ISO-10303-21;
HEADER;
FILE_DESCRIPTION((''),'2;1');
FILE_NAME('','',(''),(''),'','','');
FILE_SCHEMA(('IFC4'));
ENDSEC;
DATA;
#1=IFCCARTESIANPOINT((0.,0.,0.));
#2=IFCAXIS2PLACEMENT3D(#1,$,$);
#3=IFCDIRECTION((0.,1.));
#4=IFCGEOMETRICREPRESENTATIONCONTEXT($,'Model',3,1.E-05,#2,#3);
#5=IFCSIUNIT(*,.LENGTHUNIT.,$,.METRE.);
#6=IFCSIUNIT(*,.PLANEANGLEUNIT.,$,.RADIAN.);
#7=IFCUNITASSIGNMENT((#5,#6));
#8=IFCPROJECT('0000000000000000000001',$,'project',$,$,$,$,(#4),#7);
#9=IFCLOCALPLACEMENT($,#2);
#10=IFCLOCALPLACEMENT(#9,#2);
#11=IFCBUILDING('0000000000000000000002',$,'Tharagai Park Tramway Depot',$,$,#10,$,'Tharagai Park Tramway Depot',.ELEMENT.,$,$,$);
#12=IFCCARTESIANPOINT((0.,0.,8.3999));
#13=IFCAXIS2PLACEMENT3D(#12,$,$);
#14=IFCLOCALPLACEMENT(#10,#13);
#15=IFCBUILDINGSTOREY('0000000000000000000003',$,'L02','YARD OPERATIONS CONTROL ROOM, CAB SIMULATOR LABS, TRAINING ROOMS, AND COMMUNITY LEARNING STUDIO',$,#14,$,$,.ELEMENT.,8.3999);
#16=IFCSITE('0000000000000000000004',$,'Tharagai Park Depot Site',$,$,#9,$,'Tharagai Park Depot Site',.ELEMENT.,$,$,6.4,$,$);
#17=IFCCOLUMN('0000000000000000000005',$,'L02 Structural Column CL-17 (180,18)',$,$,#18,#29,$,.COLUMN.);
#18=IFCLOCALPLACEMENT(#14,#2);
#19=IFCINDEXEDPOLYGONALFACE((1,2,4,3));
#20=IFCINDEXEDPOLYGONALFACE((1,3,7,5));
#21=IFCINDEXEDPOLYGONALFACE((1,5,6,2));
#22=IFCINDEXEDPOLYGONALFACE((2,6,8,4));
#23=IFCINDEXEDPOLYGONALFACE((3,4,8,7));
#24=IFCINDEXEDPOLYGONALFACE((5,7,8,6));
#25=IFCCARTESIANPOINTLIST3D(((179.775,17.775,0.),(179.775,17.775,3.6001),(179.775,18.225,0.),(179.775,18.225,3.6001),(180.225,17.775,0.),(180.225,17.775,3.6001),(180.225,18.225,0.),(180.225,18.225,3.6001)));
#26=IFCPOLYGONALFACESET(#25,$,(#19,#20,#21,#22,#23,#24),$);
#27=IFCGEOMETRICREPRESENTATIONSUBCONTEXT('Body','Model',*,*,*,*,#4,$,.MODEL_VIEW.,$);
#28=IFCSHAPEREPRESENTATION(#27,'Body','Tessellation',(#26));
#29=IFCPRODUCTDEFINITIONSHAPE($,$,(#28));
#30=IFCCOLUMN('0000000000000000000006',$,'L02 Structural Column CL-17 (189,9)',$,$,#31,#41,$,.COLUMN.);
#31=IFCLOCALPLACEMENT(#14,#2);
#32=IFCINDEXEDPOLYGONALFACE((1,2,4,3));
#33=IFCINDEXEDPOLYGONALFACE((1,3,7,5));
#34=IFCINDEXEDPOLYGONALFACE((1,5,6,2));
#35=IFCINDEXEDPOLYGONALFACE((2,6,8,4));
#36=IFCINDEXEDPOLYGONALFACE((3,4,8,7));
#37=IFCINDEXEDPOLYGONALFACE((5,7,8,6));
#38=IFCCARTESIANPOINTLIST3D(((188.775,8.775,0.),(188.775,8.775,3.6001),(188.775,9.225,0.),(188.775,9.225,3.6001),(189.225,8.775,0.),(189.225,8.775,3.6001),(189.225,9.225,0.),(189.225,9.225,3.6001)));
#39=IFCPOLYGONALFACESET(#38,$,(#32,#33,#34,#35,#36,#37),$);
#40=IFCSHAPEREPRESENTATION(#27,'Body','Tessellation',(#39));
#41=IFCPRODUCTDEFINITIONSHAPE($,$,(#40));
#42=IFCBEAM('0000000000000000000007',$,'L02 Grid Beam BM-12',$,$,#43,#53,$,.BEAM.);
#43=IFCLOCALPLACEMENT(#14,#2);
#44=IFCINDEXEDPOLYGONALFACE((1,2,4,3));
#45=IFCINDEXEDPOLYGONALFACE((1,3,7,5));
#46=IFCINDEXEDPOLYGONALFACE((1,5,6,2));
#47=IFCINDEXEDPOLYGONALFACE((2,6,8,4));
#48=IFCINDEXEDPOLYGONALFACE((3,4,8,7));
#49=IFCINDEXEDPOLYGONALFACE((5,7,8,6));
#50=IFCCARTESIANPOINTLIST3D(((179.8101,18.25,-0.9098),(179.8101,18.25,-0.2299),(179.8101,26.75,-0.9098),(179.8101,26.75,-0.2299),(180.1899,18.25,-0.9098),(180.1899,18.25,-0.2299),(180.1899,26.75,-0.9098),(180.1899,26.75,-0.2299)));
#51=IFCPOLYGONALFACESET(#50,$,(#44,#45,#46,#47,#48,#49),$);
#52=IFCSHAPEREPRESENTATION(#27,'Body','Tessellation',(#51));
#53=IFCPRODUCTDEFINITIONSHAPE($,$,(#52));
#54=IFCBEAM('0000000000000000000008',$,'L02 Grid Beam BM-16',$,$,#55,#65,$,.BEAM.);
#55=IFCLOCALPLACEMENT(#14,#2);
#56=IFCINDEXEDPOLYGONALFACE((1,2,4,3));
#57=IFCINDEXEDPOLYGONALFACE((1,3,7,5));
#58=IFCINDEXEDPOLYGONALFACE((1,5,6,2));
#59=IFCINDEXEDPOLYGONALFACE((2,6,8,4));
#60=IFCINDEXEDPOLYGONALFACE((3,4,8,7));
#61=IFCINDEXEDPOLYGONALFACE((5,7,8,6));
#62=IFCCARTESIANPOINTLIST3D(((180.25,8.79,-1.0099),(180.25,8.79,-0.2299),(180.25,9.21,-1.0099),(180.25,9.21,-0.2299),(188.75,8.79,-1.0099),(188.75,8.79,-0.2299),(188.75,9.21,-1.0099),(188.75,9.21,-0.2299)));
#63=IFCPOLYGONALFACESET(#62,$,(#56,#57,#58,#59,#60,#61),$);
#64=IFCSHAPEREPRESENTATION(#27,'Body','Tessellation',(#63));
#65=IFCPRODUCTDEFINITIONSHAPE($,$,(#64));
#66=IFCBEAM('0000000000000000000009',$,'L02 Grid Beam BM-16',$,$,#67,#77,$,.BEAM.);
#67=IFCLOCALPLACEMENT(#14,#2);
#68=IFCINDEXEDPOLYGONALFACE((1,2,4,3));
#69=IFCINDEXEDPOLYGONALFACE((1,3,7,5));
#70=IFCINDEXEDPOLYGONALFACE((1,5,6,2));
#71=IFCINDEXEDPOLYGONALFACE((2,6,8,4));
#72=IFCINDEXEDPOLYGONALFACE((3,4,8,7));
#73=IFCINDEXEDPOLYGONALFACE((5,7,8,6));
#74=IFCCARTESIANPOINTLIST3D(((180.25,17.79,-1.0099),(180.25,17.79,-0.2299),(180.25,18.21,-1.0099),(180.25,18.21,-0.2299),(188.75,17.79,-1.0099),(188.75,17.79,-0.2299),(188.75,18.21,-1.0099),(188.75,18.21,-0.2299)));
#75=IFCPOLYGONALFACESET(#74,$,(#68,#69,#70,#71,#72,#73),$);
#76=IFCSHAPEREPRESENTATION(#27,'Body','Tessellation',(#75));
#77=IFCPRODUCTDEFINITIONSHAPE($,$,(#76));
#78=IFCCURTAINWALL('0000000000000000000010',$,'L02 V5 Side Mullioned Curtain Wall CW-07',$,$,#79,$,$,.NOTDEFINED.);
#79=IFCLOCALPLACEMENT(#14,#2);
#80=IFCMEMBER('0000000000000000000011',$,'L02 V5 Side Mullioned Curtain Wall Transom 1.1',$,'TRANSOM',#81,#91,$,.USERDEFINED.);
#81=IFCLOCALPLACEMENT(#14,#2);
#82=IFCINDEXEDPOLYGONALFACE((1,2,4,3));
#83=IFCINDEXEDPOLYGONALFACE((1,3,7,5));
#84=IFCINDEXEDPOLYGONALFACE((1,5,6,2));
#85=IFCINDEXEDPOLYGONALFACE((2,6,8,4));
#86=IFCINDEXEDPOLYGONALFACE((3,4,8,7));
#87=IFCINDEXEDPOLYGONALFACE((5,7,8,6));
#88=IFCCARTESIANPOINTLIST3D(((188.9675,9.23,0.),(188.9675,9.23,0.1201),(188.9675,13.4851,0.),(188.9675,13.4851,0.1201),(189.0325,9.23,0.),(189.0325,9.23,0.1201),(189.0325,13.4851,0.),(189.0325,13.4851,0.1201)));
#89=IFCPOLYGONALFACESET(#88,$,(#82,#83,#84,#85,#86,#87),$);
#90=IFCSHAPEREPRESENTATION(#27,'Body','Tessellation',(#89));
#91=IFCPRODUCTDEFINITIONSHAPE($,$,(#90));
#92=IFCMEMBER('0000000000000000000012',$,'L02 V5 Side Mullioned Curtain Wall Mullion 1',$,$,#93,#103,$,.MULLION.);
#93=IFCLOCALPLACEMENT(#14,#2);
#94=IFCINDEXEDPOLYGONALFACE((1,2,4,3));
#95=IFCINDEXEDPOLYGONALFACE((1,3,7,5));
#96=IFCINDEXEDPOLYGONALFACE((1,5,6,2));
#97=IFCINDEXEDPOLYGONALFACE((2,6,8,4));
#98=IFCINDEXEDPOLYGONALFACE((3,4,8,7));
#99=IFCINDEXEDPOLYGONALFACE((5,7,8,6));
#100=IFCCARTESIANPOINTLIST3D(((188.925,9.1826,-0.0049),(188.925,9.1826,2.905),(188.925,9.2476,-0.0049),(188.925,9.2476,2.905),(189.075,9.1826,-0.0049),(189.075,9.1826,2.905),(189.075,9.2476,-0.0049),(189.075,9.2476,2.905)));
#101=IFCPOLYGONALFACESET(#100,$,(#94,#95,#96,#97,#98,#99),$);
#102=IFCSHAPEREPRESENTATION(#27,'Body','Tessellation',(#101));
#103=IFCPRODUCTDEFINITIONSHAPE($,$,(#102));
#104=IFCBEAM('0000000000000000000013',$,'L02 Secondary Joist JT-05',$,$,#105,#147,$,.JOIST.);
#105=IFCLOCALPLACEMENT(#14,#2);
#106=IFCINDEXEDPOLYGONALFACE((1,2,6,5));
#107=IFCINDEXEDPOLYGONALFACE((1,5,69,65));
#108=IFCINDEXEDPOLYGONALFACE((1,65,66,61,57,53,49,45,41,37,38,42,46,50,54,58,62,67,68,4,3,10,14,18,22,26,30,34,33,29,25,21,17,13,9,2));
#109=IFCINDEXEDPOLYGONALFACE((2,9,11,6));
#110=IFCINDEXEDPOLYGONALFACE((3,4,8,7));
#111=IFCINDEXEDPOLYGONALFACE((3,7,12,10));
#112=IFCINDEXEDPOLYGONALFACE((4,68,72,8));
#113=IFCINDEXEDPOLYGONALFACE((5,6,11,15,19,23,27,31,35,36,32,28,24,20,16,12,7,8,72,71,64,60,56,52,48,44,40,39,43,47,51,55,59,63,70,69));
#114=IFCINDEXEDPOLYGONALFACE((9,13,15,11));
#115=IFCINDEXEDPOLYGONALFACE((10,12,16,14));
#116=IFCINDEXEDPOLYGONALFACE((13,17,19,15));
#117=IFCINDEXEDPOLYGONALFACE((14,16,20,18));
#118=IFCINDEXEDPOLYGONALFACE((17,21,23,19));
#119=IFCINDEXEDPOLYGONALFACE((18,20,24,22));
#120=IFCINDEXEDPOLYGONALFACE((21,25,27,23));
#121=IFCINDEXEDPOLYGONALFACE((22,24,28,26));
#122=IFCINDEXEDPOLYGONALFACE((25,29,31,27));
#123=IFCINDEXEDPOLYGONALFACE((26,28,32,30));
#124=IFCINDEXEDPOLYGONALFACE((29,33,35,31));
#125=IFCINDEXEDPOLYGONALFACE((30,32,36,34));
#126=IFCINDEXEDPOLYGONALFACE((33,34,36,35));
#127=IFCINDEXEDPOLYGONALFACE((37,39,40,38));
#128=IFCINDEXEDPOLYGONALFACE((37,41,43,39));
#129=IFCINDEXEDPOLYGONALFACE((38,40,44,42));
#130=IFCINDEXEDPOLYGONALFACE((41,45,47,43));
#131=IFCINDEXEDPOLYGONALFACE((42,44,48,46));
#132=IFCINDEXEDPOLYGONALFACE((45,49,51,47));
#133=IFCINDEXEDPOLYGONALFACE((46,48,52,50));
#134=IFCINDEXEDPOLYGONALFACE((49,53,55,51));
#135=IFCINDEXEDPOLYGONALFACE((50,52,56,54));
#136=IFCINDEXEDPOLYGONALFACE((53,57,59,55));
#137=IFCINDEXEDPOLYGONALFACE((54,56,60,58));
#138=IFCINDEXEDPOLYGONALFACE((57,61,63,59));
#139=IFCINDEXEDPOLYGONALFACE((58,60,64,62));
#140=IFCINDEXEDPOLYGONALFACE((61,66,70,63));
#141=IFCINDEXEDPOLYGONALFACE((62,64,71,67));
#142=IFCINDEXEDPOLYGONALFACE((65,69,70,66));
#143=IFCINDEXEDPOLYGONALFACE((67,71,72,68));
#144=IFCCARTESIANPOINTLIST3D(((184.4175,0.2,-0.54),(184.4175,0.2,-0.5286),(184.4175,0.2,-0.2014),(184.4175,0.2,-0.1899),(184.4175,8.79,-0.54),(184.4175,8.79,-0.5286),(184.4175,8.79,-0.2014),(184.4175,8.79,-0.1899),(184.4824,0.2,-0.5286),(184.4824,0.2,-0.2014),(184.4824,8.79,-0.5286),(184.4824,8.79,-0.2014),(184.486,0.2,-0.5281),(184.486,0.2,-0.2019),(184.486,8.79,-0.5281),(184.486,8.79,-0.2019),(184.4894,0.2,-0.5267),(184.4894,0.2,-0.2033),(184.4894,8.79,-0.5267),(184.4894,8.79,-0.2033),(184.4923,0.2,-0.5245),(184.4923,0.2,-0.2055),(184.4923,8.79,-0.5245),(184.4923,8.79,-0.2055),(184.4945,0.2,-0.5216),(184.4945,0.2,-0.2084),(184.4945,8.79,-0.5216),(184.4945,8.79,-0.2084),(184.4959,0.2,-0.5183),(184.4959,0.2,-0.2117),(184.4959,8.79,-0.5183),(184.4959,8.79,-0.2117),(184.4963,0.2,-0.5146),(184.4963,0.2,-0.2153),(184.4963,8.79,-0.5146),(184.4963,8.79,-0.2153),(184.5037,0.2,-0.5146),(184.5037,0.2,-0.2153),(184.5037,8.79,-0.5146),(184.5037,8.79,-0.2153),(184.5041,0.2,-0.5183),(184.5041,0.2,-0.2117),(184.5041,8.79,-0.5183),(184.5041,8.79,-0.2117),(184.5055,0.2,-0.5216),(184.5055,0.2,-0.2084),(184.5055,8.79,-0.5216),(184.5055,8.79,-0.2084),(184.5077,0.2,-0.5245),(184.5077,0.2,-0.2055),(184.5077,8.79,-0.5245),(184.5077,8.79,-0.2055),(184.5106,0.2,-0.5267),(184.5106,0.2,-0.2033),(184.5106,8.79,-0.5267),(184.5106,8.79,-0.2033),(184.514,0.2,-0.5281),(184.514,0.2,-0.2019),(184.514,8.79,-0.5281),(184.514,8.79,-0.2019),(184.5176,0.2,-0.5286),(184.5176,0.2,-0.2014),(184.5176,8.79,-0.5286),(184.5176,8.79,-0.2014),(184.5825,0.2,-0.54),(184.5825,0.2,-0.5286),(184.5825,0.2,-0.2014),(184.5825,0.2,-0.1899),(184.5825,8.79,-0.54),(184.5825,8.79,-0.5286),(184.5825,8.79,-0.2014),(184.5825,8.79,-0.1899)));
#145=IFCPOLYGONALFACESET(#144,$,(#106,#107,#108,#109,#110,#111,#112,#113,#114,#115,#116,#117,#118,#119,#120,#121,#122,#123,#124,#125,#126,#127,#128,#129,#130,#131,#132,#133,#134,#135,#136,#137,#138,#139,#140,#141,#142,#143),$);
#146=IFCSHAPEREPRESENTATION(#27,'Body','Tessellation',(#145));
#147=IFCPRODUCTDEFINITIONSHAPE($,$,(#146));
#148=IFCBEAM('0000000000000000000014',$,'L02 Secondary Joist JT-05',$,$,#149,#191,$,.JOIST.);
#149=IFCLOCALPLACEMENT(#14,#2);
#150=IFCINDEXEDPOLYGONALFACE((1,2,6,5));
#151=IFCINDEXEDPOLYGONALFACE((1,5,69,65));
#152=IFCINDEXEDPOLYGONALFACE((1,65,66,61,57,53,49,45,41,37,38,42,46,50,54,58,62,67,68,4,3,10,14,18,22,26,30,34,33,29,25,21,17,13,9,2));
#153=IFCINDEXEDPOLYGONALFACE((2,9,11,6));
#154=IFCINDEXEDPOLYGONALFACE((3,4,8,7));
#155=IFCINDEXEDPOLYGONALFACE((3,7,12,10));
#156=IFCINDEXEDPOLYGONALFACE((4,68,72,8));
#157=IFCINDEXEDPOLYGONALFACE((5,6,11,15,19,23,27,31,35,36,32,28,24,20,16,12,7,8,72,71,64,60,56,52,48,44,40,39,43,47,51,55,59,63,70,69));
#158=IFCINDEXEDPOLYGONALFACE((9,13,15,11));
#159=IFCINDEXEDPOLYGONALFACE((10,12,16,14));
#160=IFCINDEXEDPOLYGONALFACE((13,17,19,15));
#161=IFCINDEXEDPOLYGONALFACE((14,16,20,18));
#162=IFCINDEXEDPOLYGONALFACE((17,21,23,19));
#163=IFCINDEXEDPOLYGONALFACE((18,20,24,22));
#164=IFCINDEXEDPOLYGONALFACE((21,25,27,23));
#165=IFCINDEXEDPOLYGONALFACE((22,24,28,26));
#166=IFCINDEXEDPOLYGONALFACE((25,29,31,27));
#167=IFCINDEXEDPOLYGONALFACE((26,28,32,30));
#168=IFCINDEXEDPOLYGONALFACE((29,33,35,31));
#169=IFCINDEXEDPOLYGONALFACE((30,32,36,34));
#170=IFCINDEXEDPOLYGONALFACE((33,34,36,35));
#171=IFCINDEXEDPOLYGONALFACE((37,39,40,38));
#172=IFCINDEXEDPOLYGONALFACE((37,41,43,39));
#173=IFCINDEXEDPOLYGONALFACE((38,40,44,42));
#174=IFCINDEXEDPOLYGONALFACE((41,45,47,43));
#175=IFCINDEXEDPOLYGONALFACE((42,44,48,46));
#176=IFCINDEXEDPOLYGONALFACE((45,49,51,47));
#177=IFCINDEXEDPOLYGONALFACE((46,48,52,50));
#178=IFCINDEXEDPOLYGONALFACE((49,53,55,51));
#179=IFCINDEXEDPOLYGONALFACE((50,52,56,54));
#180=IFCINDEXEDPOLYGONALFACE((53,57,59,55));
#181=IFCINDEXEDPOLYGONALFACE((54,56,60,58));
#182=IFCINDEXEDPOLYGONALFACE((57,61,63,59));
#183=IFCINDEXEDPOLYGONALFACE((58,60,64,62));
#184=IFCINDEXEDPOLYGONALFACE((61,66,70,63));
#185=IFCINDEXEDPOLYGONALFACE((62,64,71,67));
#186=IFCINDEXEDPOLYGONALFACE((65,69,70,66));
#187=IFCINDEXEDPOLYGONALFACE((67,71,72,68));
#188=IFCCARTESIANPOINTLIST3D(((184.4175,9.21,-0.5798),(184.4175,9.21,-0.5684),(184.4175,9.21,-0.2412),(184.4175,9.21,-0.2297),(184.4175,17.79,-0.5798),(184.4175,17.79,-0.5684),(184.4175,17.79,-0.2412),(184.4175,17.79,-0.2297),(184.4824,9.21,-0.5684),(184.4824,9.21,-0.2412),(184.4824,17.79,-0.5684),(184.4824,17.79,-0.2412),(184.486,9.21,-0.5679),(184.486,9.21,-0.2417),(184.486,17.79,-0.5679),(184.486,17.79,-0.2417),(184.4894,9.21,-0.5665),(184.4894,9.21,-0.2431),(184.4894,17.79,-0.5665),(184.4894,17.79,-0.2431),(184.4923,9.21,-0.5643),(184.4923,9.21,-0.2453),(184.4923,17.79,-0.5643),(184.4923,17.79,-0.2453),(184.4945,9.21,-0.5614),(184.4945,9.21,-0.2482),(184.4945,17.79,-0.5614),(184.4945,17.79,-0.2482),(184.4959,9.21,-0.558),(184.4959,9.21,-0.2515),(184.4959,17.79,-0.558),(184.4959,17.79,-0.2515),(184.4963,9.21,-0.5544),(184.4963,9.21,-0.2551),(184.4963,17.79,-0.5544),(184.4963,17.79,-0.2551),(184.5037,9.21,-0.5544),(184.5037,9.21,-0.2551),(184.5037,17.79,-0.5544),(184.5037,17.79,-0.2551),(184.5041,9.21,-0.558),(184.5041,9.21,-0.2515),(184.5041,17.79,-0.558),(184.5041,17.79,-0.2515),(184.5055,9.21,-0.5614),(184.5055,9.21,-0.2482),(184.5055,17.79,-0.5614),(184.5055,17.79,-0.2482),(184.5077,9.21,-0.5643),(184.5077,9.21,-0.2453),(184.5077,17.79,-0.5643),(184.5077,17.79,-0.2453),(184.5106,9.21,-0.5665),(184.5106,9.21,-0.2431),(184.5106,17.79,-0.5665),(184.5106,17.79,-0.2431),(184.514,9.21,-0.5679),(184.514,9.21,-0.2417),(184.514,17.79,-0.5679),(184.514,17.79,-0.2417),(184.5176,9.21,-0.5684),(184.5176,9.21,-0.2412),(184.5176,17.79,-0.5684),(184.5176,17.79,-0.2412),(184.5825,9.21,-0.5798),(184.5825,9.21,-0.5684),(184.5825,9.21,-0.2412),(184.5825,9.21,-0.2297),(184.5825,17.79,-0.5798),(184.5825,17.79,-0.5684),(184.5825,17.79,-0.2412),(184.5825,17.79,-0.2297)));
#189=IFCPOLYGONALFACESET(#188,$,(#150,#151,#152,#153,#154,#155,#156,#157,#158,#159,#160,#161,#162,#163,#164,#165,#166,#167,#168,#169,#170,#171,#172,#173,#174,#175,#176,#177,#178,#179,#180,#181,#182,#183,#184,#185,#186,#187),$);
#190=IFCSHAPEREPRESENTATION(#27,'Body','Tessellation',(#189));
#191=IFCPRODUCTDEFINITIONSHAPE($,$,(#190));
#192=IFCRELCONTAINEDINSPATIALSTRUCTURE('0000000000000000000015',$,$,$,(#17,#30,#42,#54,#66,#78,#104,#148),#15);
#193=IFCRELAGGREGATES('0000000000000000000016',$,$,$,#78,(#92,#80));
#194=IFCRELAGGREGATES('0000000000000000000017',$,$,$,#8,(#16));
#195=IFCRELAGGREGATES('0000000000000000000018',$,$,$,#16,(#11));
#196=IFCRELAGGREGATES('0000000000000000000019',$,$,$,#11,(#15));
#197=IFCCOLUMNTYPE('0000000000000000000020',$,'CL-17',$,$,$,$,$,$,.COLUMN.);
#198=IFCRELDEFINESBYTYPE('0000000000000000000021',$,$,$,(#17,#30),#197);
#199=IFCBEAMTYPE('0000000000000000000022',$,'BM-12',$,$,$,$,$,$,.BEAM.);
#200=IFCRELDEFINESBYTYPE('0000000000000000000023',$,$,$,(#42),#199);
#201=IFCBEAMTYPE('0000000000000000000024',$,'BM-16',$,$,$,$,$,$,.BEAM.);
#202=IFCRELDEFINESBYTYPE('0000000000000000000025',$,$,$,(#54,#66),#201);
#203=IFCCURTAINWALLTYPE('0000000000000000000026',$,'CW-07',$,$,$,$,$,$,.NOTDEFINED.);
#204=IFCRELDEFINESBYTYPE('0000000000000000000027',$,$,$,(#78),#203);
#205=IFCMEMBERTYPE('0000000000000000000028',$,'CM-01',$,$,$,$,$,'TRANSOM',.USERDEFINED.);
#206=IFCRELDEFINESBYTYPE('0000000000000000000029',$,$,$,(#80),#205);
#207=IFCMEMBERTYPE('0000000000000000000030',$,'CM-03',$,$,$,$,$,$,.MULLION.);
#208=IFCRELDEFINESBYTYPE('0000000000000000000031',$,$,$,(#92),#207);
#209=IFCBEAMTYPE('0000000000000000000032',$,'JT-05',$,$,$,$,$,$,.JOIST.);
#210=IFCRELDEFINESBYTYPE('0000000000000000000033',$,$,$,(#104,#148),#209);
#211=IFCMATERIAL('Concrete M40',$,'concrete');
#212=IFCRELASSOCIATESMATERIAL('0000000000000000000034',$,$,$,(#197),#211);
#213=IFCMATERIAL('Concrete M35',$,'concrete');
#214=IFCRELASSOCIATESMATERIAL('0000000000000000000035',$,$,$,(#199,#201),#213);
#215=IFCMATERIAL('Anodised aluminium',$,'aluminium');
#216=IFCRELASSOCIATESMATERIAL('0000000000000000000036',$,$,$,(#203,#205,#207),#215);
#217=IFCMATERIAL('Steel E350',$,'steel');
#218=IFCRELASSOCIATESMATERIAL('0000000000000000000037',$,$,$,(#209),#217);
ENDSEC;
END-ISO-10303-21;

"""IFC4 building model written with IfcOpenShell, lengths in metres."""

from ifc_helpers import new_model, si_unit, direction, frame, origin, origin_2d, place, context, subcontext, project, spatial, rectangle, i_section, extrude, material, material_profile, profile_set, type_object, element, aggregate, save


model = new_model("IFC4")

# Units and contexts
model_context = context("Model", 3, precision=1e-05, world=origin(), true_north=direction((0.0, 1.0)))
body_context = subcontext(model_context, "Body", "Model", "MODEL_VIEW")
ifc_project = project(units=[si_unit("LENGTHUNIT", "METRE"), si_unit("PLANEANGLEUNIT", "RADIAN")], contexts=[model_context])

# Site, building, storey
site_placement = place(None, origin())
site = spatial("IfcSite", under=ifc_project, at=site_placement, Name="Tharagai Park Depot Site", LongName="Tharagai Park Depot Site", CompositionType="ELEMENT", RefElevation=6.4)
building_placement = place(site_placement, origin())
building = spatial("IfcBuilding", under=site, at=building_placement, Name="Tharagai Park Tramway Depot", LongName="Tharagai Park Tramway Depot", CompositionType="ELEMENT")
storey_placement = place(building_placement, frame((0.0, 0.0, 8.3999)))
storey = spatial("IfcBuildingStorey", under=building, at=storey_placement, Name="L02", Description="YARD OPERATIONS CONTROL ROOM, CAB SIMULATOR LABS, TRAINING ROOMS, AND COMMUNITY LEARNING STUDIO", CompositionType="ELEMENT", Elevation=8.3999)

# Columns
ifc_material_1 = material(Name="Concrete M40", Category="concrete")
ifc_material_profile_1 = material_profile(ifc_material_1, rectangle(XDim=0.45, YDim=0.45, at=origin_2d()), Name="RC 450x450")
ifc_profile_set_1 = profile_set([ifc_material_profile_1], Name="Concrete M40")
column_type = type_object("IfcColumnType", Name="CL-17", PredefinedType="COLUMN", material=ifc_profile_set_1)
for number, where, z_axis, x_axis, name in (
    (1, (180.0, 18.0, 0.0), (0.0, 0.0, 1.0), (1.0, 0.0, 0.0), "L02 Structural Column CL-17 (180,18)"),
    (2, (189.0, 9.0, 0.0), (0.0, 0.0, 1.0), (1.0, 0.0, 0.0), "L02 Structural Column CL-17 (189,9)"),
):
    element("IfcColumn", number, at=place(storey_placement, frame(where, z_axis=z_axis, x_axis=x_axis)), inside=storey, type_object=column_type, Name=name, PredefinedType="COLUMN", context=body_context, shape_type="SweptSolid", body=[
        extrude(rectangle(XDim=0.45, YDim=0.45, at=origin_2d()), origin(), (0.0, 0.0, 1.0), 3.6001),
    ])

# Beams
ifc_material_2 = material(Name="Concrete M35", Category="concrete")
ifc_material_profile_2 = material_profile(ifc_material_2, rectangle(XDim=0.3799, YDim=0.6799, at=origin_2d()), Name="RC 380x680")
ifc_profile_set_2 = profile_set([ifc_material_profile_2], Name="Concrete M35")
beam_type_1 = type_object("IfcBeamType", Name="BM-12", PredefinedType="BEAM", material=ifc_profile_set_2)
beam_1_placement = place(storey_placement, frame((180.0, 18.25, -0.5698), z_axis=(0.0, 1.0, 0.0), x_axis=(-1.0, 0.0, 0.0)))
element("IfcBeam", 3, at=beam_1_placement, inside=storey, type_object=beam_type_1, Name="L02 Grid Beam BM-12", PredefinedType="BEAM", context=body_context, shape_type="SweptSolid", body=[
    extrude(rectangle(XDim=0.3799, YDim=0.6799, at=origin_2d()), origin(), (0.0, 0.0, 1.0), 8.5),
])
ifc_material_profile_3 = material_profile(ifc_material_2, rectangle(XDim=0.4199, YDim=0.78, at=origin_2d()), Name="RC 420x780")
ifc_profile_set_3 = profile_set([ifc_material_profile_3], Name="Concrete M35")
beam_type_2 = type_object("IfcBeamType", Name="BM-16", PredefinedType="BEAM", material=ifc_profile_set_3)
for number, where, z_axis, x_axis, name in (
    (4, (180.25, 9.0, -0.6199), (1.0, 0.0, 0.0), (0.0, 1.0, 0.0), "L02 Grid Beam BM-16"),
    (5, (180.25, 18.0, -0.6199), (1.0, 0.0, 0.0), (0.0, 1.0, 0.0), "L02 Grid Beam BM-16"),
):
    element("IfcBeam", number, at=place(storey_placement, frame(where, z_axis=z_axis, x_axis=x_axis)), inside=storey, type_object=beam_type_2, Name=name, PredefinedType="BEAM", context=body_context, shape_type="SweptSolid", body=[
        extrude(rectangle(XDim=0.4199, YDim=0.78, at=origin_2d()), origin(), (0.0, 0.0, 1.0), 8.5),
    ])

# Curtain wall, members
ifc_material_3 = material(Name="Anodised aluminium", Category="aluminium")
curtain_wall_type = type_object("IfcCurtainWallType", Name="CW-07", PredefinedType="NOTDEFINED", material=ifc_material_3)
curtain_wall_placement = place(storey_placement, origin())
curtain_wall = element("IfcCurtainWall", 6, at=curtain_wall_placement, inside=storey, type_object=curtain_wall_type, Name="L02 V5 Side Mullioned Curtain Wall CW-07", PredefinedType="NOTDEFINED")
ifc_material_profile_4 = material_profile(ifc_material_3, rectangle(XDim=0.0649, YDim=0.1201, at=origin_2d()), Name="ALU 65x120")
ifc_profile_set_4 = profile_set([ifc_material_profile_4], Name="Anodised aluminium")
member_type_1 = type_object("IfcMemberType", Name="CM-01", ElementType="TRANSOM", PredefinedType="USERDEFINED", material=ifc_profile_set_4)
member_1_placement = place(storey_placement, frame((189.0, 9.23, 0.0601), z_axis=(0.0, 1.0, 0.0), x_axis=(-1.0, 0.0, 0.0)))
member_1 = element("IfcMember", 7, at=member_1_placement, type_object=member_type_1, Name="L02 V5 Side Mullioned Curtain Wall Transom 1.1", ObjectType="TRANSOM", PredefinedType="USERDEFINED", context=body_context, shape_type="SweptSolid", body=[
    extrude(rectangle(XDim=0.0649, YDim=0.1201, at=origin_2d()), origin(), (0.0, 0.0, 1.0), 4.2551),
])
ifc_material_profile_5 = material_profile(ifc_material_3, rectangle(XDim=0.0649, YDim=0.1499, at=origin_2d()), Name="ALU 65x150")
ifc_profile_set_5 = profile_set([ifc_material_profile_5], Name="Anodised aluminium")
member_type_2 = type_object("IfcMemberType", Name="CM-03", PredefinedType="MULLION", material=ifc_profile_set_5)
member_2_placement = place(storey_placement, frame((189.0, 9.2151, -0.0049), z_axis=(0.0, 0.0, 1.0), x_axis=(0.0, 1.0, 0.0)))
member_2 = element("IfcMember", 8, at=member_2_placement, type_object=member_type_2, Name="L02 V5 Side Mullioned Curtain Wall Mullion 1", PredefinedType="MULLION", context=body_context, shape_type="SweptSolid", body=[
    extrude(rectangle(XDim=0.0649, YDim=0.1499, at=origin_2d()), origin(), (0.0, 0.0, 1.0), 2.9099),
])
aggregate(curtain_wall, [member_2, member_1])

# Beams
ifc_material_4 = material(Name="Steel E350", Category="steel")
ifc_material_profile_6 = material_profile(ifc_material_4, i_section(OverallWidth=0.165, OverallDepth=0.3501, WebThickness=0.0073, FlangeThickness=0.0115, FilletRadius=0.0139, at=origin_2d()), Name="ISLB 350")
ifc_profile_set_6 = profile_set([ifc_material_profile_6], Name="Steel E350")
beam_type_3 = type_object("IfcBeamType", Name="JT-05", PredefinedType="JOIST", material=ifc_profile_set_6)
beam_2_placement = place(storey_placement, frame((184.5, 0.2, -0.365), z_axis=(0.0, 1.0, 0.0), x_axis=(-1.0, 0.0, 0.0)))
element("IfcBeam", 9, at=beam_2_placement, inside=storey, type_object=beam_type_3, Name="L02 Secondary Joist JT-05", PredefinedType="JOIST", context=body_context, shape_type="SweptSolid", body=[
    extrude(i_section(OverallWidth=0.165, OverallDepth=0.3501, WebThickness=0.0073, FlangeThickness=0.0115, FilletRadius=0.0139, at=origin_2d()), origin(), (0.0, 0.0, 1.0), 8.5901),
])
beam_3_placement = place(storey_placement, frame((184.5, 9.21, -0.4048), z_axis=(0.0, 1.0, 0.0), x_axis=(-1.0, 0.0, 0.0)))
element("IfcBeam", 10, at=beam_3_placement, inside=storey, type_object=beam_type_3, Name="L02 Secondary Joist JT-05", PredefinedType="JOIST", context=body_context, shape_type="SweptSolid", body=[
    extrude(i_section(OverallWidth=0.165, OverallDepth=0.3501, WebThickness=0.0073, FlangeThickness=0.0115, FilletRadius=0.0139, at=origin_2d()), origin(), (0.0, 0.0, 1.0), 8.5801),
])

save(model, "model.ifc")
